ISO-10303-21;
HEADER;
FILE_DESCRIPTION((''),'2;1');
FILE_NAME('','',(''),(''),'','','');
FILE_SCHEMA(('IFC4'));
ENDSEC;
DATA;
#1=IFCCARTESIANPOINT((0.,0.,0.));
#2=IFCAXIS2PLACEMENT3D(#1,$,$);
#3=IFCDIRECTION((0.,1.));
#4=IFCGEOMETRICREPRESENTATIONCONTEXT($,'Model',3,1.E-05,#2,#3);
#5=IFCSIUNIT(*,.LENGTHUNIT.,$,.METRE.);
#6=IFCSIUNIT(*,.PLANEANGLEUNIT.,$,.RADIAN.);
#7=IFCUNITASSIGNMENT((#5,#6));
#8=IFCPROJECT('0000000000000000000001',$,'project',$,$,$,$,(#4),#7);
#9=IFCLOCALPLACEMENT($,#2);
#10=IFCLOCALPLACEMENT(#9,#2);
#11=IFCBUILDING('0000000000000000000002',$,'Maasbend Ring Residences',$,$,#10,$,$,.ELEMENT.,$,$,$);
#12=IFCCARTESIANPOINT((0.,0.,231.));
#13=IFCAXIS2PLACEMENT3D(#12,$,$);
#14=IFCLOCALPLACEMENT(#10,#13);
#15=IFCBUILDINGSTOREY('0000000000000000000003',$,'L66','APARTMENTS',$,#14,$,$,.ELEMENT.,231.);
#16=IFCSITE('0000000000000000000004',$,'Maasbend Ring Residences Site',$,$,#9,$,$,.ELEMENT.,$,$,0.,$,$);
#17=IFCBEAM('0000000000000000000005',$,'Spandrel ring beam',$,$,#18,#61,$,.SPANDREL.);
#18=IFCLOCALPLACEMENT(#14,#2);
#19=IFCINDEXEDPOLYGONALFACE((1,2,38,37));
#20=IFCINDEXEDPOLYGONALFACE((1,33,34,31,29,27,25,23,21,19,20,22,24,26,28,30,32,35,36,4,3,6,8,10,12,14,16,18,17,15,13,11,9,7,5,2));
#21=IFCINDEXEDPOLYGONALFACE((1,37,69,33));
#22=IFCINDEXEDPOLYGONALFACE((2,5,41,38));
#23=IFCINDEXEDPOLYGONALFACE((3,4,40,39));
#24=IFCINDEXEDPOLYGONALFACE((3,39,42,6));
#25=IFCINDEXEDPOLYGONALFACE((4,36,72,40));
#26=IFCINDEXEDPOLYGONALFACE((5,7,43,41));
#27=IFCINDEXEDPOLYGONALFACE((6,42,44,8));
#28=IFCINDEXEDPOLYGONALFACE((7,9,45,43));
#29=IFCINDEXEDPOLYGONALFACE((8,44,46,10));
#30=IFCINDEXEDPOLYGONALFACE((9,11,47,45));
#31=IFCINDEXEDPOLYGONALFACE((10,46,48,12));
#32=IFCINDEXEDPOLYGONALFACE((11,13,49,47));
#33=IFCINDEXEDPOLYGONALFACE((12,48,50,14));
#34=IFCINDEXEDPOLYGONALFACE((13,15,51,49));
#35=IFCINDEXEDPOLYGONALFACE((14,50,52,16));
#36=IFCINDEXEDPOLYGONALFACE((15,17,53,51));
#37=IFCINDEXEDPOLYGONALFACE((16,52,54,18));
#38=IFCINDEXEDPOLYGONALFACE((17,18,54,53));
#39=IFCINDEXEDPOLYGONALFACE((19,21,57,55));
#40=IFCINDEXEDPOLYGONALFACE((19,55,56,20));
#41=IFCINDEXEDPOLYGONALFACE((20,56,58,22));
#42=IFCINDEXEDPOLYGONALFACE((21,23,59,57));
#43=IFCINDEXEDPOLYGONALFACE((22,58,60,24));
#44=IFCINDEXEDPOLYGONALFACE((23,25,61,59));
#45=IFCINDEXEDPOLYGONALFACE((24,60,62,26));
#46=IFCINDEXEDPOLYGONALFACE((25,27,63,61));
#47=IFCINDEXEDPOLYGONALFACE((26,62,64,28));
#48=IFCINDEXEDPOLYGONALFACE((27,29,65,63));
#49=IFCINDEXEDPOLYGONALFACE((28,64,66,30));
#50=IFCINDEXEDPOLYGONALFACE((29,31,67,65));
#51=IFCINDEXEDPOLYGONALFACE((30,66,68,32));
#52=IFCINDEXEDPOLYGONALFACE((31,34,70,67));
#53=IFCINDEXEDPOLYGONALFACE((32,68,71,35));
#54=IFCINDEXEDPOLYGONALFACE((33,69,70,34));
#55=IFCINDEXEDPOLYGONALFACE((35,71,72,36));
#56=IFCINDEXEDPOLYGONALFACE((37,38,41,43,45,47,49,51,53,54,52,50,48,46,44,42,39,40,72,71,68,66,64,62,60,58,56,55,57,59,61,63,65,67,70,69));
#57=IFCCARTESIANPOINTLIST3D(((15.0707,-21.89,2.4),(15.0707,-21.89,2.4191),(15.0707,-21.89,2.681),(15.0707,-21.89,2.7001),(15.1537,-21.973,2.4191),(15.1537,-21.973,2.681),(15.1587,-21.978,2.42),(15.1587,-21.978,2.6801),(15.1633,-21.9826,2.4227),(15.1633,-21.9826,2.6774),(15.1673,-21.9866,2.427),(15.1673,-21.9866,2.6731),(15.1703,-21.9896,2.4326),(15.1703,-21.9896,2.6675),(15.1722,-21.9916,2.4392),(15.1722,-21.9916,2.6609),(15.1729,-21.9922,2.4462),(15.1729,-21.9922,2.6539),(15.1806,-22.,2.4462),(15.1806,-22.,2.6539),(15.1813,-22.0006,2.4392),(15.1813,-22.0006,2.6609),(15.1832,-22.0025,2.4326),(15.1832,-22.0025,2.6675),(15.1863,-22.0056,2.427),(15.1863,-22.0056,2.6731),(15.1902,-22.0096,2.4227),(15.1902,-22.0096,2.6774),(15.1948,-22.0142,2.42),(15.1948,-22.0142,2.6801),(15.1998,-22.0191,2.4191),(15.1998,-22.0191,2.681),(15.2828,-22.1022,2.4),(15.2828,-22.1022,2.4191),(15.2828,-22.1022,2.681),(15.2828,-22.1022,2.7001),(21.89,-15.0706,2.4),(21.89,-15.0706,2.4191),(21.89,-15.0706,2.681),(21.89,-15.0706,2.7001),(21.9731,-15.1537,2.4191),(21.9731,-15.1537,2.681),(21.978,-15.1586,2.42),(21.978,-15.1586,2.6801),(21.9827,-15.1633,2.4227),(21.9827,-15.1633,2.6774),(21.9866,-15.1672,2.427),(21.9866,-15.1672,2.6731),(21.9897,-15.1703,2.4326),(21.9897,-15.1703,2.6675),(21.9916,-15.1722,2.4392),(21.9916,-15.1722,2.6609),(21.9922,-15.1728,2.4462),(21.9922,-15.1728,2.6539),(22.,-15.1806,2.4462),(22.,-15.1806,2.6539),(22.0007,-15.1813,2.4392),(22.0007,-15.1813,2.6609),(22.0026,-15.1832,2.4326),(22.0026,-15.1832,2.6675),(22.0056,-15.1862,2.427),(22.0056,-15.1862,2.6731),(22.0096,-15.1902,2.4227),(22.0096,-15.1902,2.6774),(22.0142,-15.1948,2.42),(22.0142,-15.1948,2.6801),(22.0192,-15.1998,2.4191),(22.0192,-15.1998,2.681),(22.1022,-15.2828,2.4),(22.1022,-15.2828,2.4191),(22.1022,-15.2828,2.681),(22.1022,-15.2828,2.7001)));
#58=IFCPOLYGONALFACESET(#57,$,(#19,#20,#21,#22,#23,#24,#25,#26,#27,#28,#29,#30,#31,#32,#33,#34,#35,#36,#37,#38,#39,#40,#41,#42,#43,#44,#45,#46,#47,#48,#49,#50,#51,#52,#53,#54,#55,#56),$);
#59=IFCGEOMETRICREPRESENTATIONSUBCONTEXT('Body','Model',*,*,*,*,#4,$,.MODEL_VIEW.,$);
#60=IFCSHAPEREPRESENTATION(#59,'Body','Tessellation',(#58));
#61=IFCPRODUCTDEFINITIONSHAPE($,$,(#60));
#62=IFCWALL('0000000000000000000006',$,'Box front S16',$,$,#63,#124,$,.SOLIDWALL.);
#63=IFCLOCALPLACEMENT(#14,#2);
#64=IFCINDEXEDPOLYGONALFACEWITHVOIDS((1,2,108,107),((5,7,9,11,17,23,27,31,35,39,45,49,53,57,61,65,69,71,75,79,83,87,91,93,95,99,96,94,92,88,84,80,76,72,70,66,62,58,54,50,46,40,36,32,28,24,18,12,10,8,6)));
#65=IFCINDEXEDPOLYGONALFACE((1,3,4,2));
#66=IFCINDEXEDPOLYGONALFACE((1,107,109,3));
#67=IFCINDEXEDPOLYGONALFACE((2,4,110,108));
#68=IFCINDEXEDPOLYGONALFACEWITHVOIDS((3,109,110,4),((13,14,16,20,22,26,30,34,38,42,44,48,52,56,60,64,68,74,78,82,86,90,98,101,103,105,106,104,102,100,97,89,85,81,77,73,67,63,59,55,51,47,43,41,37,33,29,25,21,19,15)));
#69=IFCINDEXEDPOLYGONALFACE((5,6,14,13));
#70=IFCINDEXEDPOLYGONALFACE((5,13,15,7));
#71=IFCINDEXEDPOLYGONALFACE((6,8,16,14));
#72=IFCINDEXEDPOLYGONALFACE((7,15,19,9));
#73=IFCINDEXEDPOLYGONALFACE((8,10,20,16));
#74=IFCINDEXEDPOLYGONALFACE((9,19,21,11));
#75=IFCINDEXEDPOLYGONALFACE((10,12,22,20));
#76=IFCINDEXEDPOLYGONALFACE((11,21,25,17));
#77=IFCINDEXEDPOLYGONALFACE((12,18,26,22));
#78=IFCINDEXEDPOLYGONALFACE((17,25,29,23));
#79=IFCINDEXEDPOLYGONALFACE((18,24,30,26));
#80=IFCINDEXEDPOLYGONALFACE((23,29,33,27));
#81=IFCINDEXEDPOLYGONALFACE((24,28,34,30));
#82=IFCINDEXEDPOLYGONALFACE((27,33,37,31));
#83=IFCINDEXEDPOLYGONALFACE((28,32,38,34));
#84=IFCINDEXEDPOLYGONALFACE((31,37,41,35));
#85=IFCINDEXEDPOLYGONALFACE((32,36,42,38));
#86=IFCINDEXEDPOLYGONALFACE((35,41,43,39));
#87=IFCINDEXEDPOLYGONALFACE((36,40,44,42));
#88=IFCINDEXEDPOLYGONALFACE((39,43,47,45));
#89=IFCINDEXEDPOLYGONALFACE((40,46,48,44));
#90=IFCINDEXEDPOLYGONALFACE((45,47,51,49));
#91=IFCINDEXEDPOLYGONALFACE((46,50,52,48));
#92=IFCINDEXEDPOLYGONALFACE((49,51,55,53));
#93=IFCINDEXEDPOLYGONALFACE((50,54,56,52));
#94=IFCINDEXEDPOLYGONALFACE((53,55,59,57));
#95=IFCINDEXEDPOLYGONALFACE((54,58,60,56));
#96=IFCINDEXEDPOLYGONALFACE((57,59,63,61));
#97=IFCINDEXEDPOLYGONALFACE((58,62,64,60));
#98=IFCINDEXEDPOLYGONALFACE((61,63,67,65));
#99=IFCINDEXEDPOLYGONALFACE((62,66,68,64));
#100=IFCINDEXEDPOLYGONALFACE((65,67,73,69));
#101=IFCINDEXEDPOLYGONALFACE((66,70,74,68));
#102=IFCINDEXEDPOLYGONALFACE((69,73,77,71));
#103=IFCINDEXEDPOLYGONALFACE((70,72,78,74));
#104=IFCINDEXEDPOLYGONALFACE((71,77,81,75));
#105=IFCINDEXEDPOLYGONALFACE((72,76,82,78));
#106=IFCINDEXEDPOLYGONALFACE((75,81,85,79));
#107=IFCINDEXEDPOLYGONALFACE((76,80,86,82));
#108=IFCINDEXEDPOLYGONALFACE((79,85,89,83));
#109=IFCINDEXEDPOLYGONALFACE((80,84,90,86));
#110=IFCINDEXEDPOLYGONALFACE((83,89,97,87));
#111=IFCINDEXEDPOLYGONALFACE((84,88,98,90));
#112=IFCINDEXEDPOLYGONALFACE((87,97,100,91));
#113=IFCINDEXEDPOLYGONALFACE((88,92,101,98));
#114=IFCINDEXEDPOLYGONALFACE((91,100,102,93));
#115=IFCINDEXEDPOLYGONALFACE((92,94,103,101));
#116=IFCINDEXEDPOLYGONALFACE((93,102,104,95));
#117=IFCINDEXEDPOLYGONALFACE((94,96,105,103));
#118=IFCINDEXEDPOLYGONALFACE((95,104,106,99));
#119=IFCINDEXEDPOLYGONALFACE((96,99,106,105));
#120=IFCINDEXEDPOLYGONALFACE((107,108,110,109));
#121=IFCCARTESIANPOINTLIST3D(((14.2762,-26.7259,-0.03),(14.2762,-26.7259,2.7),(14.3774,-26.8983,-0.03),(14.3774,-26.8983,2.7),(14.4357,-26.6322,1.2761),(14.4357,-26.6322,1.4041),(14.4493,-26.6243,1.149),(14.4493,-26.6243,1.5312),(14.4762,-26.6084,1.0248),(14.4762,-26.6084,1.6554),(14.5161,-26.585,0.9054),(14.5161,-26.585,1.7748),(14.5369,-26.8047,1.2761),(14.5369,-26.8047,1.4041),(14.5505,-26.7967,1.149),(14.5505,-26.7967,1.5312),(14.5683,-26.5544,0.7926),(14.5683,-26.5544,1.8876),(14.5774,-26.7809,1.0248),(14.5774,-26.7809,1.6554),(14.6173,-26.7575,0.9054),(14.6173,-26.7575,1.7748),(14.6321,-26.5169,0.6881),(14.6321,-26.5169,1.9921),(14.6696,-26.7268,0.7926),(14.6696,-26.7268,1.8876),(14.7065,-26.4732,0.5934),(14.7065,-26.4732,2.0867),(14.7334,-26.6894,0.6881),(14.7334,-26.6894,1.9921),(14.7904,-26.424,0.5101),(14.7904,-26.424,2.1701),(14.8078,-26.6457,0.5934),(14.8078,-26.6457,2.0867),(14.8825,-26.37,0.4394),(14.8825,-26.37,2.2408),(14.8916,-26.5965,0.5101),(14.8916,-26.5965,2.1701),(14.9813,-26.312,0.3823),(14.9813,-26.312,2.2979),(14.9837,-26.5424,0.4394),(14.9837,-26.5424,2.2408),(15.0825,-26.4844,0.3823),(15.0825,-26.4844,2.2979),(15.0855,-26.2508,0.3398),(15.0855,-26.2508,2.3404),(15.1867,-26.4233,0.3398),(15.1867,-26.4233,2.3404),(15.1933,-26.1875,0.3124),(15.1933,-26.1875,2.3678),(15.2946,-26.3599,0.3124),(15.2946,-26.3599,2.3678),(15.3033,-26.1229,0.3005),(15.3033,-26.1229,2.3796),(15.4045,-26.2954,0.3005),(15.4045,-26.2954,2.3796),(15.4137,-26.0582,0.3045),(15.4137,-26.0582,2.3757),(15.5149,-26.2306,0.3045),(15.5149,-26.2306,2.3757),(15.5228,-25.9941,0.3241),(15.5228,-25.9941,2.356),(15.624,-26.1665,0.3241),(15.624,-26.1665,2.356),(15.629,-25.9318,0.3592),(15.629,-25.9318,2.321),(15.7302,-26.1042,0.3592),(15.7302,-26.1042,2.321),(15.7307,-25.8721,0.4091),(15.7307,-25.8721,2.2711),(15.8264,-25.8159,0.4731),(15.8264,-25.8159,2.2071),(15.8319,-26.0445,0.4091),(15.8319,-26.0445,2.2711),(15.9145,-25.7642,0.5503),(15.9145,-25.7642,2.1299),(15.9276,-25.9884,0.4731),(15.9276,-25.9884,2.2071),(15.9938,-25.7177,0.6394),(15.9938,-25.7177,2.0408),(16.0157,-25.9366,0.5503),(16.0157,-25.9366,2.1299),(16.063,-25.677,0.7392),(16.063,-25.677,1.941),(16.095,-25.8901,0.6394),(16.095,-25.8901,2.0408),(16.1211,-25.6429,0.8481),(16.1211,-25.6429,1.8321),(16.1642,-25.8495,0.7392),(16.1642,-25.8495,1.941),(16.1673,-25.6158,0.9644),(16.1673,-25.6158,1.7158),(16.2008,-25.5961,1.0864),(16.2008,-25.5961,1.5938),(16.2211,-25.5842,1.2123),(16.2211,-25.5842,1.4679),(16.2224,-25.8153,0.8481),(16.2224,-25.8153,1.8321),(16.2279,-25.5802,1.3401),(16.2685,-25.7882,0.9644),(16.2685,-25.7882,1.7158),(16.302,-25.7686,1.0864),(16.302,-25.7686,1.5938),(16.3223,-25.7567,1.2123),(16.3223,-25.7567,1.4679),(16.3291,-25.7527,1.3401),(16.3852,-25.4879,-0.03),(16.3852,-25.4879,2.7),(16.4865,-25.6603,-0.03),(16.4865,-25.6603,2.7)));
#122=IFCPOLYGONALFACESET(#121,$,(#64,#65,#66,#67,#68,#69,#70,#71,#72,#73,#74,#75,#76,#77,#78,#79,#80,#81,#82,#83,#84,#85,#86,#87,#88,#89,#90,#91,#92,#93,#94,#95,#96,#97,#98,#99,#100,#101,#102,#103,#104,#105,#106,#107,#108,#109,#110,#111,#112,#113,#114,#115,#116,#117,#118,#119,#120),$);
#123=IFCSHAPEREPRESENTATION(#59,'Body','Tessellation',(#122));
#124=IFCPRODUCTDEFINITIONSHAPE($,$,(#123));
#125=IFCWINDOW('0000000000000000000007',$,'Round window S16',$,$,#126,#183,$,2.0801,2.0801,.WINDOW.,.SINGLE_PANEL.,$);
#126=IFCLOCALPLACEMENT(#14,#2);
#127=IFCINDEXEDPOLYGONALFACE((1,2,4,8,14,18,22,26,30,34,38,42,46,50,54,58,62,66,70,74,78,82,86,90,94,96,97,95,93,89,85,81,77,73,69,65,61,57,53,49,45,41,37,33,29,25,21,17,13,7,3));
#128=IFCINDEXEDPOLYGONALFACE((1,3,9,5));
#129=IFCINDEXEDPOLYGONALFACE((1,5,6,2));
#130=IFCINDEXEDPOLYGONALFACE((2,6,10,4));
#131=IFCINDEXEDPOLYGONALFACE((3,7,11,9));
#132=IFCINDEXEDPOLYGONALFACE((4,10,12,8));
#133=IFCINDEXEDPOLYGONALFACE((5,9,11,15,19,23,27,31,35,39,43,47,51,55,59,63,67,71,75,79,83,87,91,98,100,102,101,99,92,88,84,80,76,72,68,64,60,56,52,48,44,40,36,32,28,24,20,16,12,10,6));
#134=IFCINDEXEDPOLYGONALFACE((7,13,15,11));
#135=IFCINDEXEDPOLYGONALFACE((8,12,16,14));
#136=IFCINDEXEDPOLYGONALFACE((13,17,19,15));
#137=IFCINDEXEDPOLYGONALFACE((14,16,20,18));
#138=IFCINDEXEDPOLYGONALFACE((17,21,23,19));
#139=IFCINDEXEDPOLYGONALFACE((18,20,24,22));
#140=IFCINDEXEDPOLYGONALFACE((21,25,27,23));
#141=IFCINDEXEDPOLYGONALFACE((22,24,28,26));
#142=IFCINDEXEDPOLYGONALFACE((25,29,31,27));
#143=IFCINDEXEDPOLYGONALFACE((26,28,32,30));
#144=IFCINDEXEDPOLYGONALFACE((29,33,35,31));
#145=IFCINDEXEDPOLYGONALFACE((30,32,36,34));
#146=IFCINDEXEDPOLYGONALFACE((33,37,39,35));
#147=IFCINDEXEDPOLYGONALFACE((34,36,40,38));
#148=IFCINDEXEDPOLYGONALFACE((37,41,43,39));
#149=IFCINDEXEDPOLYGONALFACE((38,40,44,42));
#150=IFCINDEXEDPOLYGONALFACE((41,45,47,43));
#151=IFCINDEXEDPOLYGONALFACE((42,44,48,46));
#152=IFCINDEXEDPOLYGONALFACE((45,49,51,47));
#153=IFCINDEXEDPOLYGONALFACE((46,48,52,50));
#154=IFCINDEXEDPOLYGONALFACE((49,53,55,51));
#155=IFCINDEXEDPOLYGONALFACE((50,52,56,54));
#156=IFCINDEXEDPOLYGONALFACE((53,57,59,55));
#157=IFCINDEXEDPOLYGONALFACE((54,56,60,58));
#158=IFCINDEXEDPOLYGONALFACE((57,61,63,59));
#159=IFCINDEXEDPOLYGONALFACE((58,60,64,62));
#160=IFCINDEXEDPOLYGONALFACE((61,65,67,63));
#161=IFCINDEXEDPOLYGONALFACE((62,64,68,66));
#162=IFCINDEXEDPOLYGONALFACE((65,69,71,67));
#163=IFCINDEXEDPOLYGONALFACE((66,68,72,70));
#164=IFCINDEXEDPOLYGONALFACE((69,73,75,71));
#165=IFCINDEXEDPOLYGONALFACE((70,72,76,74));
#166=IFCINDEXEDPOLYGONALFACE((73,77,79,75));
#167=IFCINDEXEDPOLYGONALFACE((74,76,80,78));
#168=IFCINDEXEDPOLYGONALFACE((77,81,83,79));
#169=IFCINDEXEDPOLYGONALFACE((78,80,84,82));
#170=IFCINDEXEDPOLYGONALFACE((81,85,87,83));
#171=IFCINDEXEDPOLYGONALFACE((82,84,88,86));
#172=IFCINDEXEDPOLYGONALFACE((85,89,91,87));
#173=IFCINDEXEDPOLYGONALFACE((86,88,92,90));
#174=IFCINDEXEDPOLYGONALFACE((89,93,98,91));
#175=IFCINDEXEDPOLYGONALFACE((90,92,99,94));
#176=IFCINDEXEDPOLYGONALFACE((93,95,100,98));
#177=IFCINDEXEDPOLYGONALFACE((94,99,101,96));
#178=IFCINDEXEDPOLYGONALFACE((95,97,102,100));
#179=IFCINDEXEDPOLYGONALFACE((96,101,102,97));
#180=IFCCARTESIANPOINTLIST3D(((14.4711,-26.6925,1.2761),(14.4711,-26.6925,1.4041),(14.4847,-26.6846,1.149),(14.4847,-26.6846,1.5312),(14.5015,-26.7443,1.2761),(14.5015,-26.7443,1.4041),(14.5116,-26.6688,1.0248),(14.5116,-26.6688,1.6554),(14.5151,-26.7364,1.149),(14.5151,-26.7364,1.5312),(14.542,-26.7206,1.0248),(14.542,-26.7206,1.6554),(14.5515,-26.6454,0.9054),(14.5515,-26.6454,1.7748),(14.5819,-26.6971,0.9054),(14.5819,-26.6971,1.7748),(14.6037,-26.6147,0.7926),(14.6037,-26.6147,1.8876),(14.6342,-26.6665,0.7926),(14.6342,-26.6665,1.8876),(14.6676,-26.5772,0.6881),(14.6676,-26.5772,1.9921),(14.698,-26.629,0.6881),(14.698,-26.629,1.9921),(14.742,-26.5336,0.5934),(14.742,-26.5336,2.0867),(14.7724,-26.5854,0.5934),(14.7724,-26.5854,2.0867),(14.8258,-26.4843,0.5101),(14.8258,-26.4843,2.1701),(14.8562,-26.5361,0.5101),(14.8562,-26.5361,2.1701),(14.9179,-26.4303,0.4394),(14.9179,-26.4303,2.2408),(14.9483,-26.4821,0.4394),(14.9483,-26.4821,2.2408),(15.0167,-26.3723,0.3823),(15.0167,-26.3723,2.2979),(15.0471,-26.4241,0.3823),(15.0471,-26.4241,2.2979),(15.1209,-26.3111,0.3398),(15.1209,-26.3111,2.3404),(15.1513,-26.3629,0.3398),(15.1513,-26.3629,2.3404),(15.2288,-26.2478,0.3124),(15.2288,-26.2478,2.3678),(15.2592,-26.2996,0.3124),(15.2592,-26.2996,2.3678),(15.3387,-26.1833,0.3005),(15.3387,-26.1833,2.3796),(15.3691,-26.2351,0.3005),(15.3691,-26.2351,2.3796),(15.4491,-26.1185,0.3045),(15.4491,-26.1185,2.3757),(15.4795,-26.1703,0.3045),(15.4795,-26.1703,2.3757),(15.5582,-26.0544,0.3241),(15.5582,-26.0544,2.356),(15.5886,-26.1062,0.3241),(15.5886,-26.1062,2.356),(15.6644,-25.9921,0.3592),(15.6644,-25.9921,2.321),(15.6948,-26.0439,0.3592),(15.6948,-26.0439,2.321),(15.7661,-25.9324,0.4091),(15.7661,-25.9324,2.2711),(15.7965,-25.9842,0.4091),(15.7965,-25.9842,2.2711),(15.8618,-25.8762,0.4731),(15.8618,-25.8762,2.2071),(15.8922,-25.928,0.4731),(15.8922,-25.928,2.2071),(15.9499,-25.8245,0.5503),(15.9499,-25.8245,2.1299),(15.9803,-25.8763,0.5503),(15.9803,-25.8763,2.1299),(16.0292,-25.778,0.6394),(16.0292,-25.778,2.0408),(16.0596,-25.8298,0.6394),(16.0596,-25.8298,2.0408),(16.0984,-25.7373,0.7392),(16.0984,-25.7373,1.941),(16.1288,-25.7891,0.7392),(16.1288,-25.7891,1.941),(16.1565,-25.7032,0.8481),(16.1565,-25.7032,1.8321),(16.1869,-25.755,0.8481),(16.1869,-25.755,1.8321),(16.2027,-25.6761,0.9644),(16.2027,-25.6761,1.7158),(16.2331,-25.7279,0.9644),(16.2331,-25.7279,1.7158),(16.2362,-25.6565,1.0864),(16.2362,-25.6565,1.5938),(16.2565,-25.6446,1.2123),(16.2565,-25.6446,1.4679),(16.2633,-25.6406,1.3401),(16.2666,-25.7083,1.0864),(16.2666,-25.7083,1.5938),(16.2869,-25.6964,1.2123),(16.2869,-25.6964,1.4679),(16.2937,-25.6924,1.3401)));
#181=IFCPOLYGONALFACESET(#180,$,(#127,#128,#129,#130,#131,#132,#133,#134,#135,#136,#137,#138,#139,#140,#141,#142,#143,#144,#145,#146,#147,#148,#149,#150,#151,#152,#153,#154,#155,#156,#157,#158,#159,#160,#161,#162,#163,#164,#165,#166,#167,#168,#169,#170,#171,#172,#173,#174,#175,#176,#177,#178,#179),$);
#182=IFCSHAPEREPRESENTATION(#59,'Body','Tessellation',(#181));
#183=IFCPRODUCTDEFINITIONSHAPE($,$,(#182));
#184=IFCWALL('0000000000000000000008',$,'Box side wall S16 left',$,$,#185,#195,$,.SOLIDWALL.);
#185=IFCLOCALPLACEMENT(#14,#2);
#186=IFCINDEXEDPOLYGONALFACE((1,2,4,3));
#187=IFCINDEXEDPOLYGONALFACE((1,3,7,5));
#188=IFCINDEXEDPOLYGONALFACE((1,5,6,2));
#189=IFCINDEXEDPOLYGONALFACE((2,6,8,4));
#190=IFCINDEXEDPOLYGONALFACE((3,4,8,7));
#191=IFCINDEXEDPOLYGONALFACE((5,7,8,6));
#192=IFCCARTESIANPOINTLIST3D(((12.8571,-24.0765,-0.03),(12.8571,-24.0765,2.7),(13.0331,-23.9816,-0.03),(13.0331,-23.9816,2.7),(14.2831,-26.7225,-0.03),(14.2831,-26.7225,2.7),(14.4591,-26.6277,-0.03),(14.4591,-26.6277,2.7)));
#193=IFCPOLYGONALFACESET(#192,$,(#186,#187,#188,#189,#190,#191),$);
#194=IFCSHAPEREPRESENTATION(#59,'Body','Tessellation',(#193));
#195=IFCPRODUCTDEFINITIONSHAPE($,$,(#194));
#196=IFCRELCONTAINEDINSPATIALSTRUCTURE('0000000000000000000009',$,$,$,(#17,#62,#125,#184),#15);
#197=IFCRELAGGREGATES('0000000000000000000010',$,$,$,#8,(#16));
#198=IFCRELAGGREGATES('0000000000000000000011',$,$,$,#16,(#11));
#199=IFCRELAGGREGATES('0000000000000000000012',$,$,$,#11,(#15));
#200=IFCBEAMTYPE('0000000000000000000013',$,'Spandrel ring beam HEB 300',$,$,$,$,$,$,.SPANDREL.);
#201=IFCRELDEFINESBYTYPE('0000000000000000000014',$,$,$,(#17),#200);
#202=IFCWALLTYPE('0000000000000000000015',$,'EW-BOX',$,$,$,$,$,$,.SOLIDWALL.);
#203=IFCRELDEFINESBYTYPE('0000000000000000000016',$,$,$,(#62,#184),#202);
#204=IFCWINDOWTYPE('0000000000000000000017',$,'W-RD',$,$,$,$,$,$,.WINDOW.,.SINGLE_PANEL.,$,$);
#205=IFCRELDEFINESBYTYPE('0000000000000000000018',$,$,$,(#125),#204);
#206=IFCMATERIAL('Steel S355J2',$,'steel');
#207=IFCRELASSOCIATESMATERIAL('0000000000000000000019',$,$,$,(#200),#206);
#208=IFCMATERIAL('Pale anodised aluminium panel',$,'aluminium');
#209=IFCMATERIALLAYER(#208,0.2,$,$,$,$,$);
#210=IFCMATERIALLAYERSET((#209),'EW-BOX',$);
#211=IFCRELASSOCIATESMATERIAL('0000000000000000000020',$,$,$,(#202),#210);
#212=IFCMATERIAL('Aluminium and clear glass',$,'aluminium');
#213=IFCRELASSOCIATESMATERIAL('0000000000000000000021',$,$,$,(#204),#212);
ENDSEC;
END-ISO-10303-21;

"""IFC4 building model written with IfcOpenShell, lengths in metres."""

from ifc_helpers import new_model, si_unit, direction, frame, frame_2d, origin, origin_2d, place, context, subcontext, project, spatial, rectangle, circle, i_section, extrude, material, layer, layer_set, material_profile, profile_set, type_object, element, fill, save


model = new_model("IFC4")

# Units and contexts
model_context = context("Model", 3, precision=1e-05, world=origin(), true_north=direction((0.0, 1.0)))
body_context = subcontext(model_context, "Body", "Model", "MODEL_VIEW")
ifc_project = project(units=[si_unit("LENGTHUNIT", "METRE"), si_unit("PLANEANGLEUNIT", "RADIAN")], contexts=[model_context])

# Site, building, storey
site_placement = place(None, origin())
site = spatial("IfcSite", under=ifc_project, at=site_placement, Name="Maasbend Ring Residences Site", CompositionType="ELEMENT", RefElevation=0.0)
building_placement = place(site_placement, origin())
building = spatial("IfcBuilding", under=site, at=building_placement, Name="Maasbend Ring Residences", CompositionType="ELEMENT")
storey_placement = place(building_placement, frame((0.0, 0.0, 231.0)))
storey = spatial("IfcBuildingStorey", under=building, at=storey_placement, Name="L66", Description="APARTMENTS", CompositionType="ELEMENT", Elevation=231.0)

# Beam
ifc_material_1 = material(Name="Steel S355J2", Category="steel")
ifc_material_profile_1 = material_profile(ifc_material_1, i_section(OverallWidth=0.3, OverallDepth=0.3, WebThickness=0.011, FlangeThickness=0.019, FilletRadius=0.0271, at=origin_2d()), Name="HEB 300")
ifc_profile_set_1 = profile_set([ifc_material_profile_1], Name="Steel S355J2")
beam_type = type_object("IfcBeamType", Name="Spandrel ring beam HEB 300", PredefinedType="SPANDREL", material=ifc_profile_set_1)
beam_placement = place(storey_placement, frame((15.1768, -21.9961, 2.55), z_axis=(0.707107, 0.707107, 0.0), x_axis=(-0.707107, 0.707107, 0.0)))
element("IfcBeam", 1, at=beam_placement, inside=storey, type_object=beam_type, Name="Spandrel ring beam", PredefinedType="SPANDREL", context=body_context, shape_type="SweptSolid", body=[
    extrude(i_section(OverallWidth=0.3, OverallDepth=0.3, WebThickness=0.011, FlangeThickness=0.019, FilletRadius=0.0271, at=origin_2d()), origin(), (0.0, 0.0, 1.0), 9.644),
])

# Wall, opening, window
ifc_material_2 = material(Name="Pale anodised aluminium panel", Category="aluminium")
ifc_layer_1 = layer(ifc_material_2, 0.2)
ifc_layer_set_1 = layer_set([ifc_layer_1], Name="EW-BOX")
wall_type_1 = type_object("IfcWallType", Name="EW-BOX", PredefinedType="SOLIDWALL", material=ifc_layer_set_1)
wall_1_placement = place(storey_placement, frame((14.3269, -26.812, -0.03), z_axis=(0.0, 0.0, 1.0), x_axis=(0.862403, 0.506222, 0.0)))
wall_1 = element("IfcWall", 2, at=wall_1_placement, inside=storey, type_object=wall_type_1, Name="Box front S16", PredefinedType="SOLIDWALL", context=body_context, shape_type="SweptSolid", body=[
    extrude(rectangle(XDim=2.4456, YDim=0.2, at=frame_2d((1.2227, 0.0))), origin(), (0.0, 0.0, 1.0), 2.73),
])
opening_1_placement = place(wall_1_placement, frame((0.1829, 0.0, 0.3301)))
opening_1 = element("IfcOpeningElement", 3, at=opening_1_placement, cuts=wall_1, PredefinedType="OPENING", context=body_context, shape_type="SweptSolid", body=[
    extrude(circle(Radius=1.04, at=frame_2d((1.04, 1.04))), frame((0.0, 0.1099, 0.0), z_axis=(0.0, -1.0, 0.0), x_axis=(1.0, 0.0, 0.0)), (0.0, 0.0, 1.0), 0.22),
])
ifc_material_3 = material(Name="Aluminium and clear glass", Category="aluminium")
window_type_1 = type_object("IfcWindowType", Name="W-RD", PartitioningType="SINGLE_PANEL", PredefinedType="WINDOW", material=ifc_material_3)
window_1_placement = place(opening_1_placement, origin())
window_1 = element("IfcWindow", 4, at=window_1_placement, inside=storey, type_object=window_type_1, Name="Round window S16", OverallHeight=2.0801, OverallWidth=2.0801, PartitioningType="SINGLE_PANEL", PredefinedType="WINDOW", context=body_context, shape_type="SweptSolid", body=[
    extrude(circle(Radius=1.04, at=frame_2d((1.04, 1.04))), frame((0.0, 0.03, 0.0), z_axis=(0.0, -1.0, 0.0), x_axis=(1.0, 0.0, 0.0)), (0.0, 0.0, 1.0), 0.0601),
])
fill(opening_1, window_1)

# Wall
wall_2_placement = place(storey_placement, frame((12.9451, -24.0291, -0.03), z_axis=(0.0, 0.0, 1.0), x_axis=(0.474424, -0.880296, 0.0)))
element("IfcWall", 5, at=wall_2_placement, inside=storey, type_object=wall_type_1, Name="Box side wall S16 left", PredefinedType="SOLIDWALL", context=body_context, shape_type="SweptSolid", body=[
    extrude(rectangle(XDim=3.0059, YDim=0.2, at=frame_2d((1.5029, 0.0))), origin(), (0.0, 0.0, 1.0), 2.73),
])

save(model, "model.ifc")
